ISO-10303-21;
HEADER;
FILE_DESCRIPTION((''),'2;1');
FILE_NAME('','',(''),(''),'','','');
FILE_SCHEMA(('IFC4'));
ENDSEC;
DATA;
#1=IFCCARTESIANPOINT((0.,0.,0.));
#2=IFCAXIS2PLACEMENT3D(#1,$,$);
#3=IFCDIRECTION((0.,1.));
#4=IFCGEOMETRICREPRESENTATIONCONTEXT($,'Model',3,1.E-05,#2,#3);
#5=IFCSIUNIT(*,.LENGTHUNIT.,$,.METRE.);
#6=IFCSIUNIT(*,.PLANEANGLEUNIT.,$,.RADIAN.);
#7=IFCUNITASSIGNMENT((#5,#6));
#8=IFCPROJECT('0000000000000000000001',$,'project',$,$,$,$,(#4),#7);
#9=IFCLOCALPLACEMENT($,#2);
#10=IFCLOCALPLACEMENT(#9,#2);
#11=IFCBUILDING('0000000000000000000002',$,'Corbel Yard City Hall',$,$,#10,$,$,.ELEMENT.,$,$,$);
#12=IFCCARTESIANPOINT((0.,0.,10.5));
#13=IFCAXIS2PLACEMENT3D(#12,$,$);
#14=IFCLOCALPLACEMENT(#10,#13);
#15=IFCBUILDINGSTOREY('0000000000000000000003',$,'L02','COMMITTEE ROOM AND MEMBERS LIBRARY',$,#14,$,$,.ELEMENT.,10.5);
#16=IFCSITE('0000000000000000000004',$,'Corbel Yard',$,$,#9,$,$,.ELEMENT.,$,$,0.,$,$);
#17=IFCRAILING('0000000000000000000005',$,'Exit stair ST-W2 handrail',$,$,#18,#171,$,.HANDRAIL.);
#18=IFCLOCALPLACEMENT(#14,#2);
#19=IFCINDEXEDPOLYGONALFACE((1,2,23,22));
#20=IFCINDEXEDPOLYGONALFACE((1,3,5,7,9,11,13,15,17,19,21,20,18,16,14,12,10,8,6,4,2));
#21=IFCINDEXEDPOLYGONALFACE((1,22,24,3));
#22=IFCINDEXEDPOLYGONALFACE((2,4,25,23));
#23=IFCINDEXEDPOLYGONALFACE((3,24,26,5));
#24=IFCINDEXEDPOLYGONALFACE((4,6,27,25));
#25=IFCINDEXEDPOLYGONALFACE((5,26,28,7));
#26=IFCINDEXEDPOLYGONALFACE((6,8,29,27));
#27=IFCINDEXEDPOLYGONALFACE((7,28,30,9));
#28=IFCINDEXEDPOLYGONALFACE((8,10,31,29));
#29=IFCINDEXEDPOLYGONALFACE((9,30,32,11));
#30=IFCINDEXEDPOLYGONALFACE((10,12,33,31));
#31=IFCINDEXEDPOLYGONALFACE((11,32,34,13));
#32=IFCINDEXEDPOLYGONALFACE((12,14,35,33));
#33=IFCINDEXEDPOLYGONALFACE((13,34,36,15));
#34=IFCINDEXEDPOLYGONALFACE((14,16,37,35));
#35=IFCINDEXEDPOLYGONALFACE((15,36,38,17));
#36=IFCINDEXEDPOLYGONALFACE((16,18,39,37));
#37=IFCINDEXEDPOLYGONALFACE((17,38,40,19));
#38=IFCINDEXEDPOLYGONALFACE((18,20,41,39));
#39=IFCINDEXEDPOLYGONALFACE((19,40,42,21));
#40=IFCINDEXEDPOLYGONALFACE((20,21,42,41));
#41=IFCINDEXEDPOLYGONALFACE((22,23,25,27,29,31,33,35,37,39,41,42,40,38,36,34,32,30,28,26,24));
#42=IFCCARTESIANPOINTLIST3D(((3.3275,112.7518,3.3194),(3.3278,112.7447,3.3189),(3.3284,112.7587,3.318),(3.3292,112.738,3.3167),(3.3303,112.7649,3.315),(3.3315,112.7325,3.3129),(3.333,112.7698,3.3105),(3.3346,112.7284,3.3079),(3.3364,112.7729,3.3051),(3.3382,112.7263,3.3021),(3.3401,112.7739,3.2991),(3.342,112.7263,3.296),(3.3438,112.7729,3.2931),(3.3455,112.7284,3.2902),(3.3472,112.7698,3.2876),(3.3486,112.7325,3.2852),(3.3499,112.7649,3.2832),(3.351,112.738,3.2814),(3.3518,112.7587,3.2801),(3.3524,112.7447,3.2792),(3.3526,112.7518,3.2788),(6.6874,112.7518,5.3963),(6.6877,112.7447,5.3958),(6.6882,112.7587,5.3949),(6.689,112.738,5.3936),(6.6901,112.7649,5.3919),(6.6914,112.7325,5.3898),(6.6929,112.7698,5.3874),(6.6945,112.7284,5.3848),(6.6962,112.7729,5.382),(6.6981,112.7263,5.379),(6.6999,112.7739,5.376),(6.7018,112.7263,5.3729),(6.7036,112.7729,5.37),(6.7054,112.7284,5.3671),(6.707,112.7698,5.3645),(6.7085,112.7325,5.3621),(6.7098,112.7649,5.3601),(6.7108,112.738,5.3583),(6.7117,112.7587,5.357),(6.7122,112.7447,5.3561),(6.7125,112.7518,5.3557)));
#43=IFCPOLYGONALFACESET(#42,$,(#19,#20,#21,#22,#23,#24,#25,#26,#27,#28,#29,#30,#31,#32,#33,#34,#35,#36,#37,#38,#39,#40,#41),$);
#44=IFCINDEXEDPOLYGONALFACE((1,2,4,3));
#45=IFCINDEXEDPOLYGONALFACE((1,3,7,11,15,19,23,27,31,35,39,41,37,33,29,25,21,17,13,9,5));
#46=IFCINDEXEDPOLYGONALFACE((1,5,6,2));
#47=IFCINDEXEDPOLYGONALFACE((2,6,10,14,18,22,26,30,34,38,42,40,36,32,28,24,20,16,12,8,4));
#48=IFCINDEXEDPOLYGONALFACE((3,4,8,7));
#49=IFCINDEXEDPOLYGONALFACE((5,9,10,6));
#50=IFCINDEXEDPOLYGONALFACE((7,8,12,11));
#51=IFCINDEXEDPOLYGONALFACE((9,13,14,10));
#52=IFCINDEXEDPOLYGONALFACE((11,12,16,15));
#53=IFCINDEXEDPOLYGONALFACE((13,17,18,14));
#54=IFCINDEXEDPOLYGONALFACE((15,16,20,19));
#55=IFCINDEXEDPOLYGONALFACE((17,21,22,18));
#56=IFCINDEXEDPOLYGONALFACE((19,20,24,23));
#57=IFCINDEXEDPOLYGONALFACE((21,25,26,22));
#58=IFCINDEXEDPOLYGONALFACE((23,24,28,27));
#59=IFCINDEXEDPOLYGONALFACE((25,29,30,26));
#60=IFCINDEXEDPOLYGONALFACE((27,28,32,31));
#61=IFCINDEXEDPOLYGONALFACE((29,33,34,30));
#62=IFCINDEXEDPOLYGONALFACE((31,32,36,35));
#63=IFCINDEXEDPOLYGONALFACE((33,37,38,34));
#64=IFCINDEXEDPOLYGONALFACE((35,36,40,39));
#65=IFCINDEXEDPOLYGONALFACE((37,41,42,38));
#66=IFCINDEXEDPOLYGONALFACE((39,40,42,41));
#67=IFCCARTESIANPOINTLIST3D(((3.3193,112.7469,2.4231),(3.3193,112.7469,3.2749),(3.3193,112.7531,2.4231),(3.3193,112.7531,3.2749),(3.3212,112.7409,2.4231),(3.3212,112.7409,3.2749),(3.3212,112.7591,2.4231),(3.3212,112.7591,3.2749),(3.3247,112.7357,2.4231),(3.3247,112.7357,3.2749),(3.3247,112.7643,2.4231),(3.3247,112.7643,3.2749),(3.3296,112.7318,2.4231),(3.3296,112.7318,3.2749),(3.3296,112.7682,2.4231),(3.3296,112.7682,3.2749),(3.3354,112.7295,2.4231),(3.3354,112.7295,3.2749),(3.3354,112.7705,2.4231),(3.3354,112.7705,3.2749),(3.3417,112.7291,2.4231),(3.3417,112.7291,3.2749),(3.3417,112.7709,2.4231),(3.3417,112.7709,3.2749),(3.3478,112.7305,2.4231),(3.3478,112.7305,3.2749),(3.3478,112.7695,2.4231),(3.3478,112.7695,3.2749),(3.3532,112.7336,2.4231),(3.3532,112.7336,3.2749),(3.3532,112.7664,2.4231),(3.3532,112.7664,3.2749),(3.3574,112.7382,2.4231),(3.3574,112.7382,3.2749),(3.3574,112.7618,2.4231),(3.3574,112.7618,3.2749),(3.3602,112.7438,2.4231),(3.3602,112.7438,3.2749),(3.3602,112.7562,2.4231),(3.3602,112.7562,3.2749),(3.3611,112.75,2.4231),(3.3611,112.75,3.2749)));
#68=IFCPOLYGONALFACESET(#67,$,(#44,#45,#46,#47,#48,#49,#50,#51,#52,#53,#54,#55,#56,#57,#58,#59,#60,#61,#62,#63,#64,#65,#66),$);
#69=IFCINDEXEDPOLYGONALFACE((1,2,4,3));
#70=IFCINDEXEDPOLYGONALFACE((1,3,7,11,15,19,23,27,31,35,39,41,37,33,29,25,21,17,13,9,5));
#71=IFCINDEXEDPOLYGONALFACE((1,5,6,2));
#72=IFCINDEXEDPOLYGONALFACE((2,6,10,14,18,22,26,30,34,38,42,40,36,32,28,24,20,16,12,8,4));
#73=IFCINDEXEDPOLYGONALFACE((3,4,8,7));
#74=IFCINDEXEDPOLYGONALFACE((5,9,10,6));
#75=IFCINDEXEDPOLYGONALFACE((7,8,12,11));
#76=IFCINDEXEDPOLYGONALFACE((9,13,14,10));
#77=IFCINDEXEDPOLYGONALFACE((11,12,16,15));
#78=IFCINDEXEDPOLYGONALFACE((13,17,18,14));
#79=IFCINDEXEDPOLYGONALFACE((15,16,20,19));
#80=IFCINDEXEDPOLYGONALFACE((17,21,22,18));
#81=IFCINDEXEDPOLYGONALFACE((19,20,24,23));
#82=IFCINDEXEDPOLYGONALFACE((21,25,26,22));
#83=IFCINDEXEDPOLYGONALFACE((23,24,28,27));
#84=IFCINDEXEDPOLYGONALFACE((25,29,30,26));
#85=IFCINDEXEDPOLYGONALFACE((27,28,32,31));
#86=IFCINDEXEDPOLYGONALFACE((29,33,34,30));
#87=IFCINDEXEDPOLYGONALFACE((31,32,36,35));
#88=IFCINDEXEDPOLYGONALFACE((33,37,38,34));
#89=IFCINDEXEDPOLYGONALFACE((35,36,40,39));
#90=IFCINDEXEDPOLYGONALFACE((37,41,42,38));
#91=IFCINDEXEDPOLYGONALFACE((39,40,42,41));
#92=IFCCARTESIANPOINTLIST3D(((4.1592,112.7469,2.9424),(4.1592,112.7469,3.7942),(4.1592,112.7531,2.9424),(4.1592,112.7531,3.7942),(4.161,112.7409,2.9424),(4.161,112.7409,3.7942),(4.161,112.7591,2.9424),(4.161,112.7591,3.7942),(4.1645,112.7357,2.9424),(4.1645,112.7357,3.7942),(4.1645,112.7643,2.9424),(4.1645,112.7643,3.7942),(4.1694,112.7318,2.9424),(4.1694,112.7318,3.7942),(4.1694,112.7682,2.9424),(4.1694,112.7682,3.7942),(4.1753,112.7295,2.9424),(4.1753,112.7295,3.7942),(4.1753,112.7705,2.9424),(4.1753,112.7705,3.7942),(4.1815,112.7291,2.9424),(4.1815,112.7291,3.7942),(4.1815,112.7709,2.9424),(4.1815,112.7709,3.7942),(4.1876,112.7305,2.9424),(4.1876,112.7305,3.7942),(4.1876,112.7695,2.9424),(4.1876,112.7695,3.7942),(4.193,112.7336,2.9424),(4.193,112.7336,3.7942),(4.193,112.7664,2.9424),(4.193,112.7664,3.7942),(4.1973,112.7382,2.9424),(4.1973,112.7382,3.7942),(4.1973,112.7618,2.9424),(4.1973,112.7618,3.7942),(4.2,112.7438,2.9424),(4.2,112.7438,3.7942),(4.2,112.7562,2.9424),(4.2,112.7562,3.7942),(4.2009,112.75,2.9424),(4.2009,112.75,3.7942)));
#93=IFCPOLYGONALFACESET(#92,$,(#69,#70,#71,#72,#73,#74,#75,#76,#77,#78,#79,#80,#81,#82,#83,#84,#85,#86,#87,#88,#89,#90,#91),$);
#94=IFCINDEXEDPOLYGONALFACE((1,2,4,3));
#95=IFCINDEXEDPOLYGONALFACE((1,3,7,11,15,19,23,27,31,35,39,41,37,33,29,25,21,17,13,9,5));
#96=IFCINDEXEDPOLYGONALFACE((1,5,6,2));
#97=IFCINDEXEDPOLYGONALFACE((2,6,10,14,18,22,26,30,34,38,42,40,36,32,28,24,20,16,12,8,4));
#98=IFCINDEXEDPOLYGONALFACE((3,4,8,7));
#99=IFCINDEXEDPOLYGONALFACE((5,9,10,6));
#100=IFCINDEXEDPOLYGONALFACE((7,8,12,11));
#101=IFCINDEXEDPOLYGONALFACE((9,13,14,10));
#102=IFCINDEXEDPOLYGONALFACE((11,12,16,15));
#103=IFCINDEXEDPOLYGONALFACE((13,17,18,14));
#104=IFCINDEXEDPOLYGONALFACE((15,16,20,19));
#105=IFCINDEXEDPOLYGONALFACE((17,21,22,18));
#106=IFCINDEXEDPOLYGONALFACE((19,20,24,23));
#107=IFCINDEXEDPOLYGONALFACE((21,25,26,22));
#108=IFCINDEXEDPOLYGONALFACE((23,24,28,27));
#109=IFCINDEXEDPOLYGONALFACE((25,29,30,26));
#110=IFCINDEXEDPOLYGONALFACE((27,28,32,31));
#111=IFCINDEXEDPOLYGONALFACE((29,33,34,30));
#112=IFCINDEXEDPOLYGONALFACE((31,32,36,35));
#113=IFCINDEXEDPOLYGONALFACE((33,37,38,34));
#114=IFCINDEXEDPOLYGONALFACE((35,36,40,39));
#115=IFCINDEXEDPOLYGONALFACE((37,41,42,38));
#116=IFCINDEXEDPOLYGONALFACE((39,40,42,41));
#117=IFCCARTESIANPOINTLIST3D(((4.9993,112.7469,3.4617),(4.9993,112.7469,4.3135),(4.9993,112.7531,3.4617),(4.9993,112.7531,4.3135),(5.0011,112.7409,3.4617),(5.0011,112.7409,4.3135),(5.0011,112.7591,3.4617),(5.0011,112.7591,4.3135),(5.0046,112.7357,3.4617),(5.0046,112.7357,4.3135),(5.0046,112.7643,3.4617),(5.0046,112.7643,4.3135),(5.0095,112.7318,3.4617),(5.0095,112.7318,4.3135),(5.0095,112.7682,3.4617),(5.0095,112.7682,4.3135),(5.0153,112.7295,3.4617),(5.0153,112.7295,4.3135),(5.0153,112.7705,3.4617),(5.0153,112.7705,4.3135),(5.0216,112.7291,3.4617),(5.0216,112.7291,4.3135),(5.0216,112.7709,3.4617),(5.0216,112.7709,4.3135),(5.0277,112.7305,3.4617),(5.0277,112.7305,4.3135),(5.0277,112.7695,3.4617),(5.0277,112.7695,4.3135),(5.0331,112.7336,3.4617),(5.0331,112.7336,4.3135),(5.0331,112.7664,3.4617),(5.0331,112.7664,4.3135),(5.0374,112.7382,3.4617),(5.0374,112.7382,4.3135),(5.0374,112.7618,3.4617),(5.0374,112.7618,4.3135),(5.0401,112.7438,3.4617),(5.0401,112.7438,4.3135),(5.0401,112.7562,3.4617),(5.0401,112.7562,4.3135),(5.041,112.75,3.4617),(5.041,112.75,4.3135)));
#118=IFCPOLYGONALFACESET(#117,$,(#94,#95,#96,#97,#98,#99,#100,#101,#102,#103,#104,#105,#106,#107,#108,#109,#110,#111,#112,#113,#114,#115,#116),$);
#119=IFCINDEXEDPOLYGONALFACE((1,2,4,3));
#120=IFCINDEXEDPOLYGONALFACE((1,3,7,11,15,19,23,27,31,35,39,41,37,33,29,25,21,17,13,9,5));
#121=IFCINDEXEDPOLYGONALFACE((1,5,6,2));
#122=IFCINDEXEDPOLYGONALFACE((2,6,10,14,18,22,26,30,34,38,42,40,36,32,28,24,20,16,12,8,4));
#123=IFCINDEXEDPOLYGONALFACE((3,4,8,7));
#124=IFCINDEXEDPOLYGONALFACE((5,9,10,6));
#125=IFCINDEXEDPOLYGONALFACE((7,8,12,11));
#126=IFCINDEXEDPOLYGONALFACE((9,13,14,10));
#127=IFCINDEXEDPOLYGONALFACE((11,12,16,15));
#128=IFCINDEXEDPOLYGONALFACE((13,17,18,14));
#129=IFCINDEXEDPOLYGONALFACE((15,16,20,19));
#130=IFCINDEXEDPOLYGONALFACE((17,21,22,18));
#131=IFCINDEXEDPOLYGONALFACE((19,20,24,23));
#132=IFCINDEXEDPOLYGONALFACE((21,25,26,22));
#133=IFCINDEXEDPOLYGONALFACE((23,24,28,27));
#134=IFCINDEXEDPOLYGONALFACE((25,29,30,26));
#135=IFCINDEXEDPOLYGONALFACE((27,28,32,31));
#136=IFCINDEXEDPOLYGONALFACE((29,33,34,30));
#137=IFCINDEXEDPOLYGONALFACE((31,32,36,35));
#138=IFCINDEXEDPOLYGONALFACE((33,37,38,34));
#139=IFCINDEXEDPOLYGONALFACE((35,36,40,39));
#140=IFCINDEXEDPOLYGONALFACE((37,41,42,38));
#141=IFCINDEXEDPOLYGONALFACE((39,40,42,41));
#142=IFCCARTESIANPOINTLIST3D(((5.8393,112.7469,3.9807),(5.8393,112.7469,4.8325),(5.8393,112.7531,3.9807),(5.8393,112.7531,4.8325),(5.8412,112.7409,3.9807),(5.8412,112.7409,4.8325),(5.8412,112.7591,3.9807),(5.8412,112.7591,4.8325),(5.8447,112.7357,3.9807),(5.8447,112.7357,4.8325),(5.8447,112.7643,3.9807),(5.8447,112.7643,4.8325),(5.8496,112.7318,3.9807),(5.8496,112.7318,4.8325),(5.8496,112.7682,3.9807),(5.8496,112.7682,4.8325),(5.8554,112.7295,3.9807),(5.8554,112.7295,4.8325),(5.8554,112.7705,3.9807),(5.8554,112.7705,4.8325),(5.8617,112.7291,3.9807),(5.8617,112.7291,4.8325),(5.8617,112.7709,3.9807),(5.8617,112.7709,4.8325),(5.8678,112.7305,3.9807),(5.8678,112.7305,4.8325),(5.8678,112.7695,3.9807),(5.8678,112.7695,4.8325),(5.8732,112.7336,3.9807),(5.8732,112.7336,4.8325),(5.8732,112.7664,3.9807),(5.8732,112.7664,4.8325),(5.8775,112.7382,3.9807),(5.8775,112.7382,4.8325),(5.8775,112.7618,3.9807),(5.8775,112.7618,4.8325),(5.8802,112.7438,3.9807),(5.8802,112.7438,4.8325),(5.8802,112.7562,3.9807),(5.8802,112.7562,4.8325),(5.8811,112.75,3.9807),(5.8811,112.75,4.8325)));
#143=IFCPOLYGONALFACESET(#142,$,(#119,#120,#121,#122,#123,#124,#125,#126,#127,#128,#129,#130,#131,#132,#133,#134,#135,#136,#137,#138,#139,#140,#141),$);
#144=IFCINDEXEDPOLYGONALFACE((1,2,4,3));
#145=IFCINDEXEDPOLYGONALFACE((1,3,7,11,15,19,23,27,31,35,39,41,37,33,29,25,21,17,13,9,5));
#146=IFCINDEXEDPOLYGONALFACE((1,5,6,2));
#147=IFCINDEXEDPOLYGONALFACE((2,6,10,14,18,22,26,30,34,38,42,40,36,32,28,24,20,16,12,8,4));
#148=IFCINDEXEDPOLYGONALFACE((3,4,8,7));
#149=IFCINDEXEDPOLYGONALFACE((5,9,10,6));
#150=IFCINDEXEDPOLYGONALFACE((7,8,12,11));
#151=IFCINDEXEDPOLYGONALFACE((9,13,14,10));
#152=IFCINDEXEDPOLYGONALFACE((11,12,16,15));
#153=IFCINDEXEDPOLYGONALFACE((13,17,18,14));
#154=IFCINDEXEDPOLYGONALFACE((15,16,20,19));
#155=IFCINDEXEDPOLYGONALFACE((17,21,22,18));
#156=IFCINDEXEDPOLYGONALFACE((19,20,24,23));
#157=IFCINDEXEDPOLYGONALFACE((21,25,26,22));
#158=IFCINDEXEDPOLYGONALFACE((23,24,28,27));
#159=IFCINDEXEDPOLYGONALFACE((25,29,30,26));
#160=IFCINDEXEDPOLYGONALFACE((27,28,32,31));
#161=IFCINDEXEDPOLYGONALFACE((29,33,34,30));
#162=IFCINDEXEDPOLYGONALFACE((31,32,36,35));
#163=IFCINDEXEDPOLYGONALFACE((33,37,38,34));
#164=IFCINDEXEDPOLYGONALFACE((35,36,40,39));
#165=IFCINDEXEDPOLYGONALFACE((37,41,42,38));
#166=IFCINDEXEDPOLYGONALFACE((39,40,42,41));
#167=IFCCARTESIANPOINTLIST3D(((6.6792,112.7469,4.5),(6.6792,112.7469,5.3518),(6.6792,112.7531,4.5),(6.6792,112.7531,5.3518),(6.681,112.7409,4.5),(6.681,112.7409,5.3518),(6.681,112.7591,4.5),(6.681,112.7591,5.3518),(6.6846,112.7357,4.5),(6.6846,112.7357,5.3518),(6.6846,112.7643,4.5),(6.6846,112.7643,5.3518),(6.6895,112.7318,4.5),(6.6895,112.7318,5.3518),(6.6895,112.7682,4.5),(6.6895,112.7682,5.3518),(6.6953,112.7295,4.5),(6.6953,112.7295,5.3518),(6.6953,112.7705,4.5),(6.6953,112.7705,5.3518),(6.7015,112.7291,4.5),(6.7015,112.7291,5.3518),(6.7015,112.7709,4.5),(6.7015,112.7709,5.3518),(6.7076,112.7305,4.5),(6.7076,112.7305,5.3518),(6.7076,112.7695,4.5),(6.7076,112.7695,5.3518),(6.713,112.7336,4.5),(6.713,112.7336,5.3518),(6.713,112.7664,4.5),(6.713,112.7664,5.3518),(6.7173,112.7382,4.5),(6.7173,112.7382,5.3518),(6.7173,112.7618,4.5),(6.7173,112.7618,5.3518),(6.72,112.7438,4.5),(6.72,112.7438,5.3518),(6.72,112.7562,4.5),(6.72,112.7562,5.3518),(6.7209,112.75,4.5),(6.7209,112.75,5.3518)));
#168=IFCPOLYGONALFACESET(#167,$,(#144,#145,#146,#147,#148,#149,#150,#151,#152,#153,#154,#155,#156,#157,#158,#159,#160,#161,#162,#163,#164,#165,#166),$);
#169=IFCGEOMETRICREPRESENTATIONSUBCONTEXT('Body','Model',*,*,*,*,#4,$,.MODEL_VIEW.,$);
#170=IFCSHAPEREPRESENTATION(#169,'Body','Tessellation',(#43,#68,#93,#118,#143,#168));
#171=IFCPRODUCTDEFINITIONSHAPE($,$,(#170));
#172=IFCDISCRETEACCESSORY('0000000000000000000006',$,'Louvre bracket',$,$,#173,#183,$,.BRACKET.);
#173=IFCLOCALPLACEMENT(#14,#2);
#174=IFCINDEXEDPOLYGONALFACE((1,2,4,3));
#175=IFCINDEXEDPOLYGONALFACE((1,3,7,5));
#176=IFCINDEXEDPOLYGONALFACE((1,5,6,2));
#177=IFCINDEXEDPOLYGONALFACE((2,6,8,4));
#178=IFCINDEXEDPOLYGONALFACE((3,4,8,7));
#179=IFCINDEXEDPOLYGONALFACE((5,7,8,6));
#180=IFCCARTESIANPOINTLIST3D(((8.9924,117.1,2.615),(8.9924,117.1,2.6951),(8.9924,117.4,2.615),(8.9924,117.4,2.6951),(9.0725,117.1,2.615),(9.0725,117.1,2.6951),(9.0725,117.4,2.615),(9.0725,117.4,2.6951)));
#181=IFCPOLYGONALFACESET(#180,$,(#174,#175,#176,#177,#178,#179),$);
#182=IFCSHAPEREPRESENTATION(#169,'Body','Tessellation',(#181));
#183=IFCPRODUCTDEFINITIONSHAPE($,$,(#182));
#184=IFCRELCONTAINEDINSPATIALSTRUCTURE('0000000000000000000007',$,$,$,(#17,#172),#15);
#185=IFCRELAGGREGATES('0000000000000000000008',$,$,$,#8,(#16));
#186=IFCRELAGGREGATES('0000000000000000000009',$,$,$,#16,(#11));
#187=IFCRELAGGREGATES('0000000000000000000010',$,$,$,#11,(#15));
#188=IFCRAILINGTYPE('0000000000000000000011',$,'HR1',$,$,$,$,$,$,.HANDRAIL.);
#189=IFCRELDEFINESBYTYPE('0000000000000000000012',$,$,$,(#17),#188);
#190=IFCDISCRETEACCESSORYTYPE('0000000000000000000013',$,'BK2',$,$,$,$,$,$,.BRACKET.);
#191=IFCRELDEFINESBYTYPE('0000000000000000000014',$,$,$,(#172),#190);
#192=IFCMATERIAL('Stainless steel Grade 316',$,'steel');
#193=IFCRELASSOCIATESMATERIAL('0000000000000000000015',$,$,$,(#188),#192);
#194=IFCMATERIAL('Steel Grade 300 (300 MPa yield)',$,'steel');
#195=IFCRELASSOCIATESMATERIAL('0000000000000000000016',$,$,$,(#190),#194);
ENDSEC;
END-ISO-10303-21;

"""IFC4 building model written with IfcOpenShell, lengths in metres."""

from ifc_helpers import new_model, si_unit, direction, frame, origin, origin_2d, place, context, subcontext, project, spatial, rectangle, circle, extrude, material, type_object, element, save


model = new_model("IFC4")

# Units and contexts
model_context = context("Model", 3, precision=1e-05, world=origin(), true_north=direction((0.0, 1.0)))
body_context = subcontext(model_context, "Body", "Model", "MODEL_VIEW")
ifc_project = project(units=[si_unit("LENGTHUNIT", "METRE"), si_unit("PLANEANGLEUNIT", "RADIAN")], contexts=[model_context])

# Site, building, storey
site_placement = place(None, origin())
site = spatial("IfcSite", under=ifc_project, at=site_placement, Name="Corbel Yard", CompositionType="ELEMENT", RefElevation=0.0)
building_placement = place(site_placement, origin())
building = spatial("IfcBuilding", under=site, at=building_placement, Name="Corbel Yard City Hall", CompositionType="ELEMENT")
storey_placement = place(building_placement, frame((0.0, 0.0, 10.5)))
storey = spatial("IfcBuildingStorey", under=building, at=storey_placement, Name="L02", Description="COMMITTEE ROOM AND MEMBERS LIBRARY", CompositionType="ELEMENT", Elevation=10.5)

# Shared definitions
ifc_material_1 = material(Name="Stainless steel Grade 316", Category="steel")

# Railing
railing_type = type_object("IfcRailingType", Name="HR1", PredefinedType="HANDRAIL", material=ifc_material_1)
for number, where, name in (
    (1, (3.3401, 112.75, 2.4231), "Exit stair ST-W2 handrail"),
):
    element("IfcRailing", number, at=place(storey_placement, frame(where)), inside=storey, type_object=railing_type, Name=name, PredefinedType="HANDRAIL", context=body_context, shape_type="SweptSolid", body=[
        extrude(circle(Radius=0.0239, at=origin_2d()), frame((0.0, 0.0, 0.876), z_axis=(0.850606, 0.0, 0.525803), x_axis=(0.0, 1.0, 0.0)), (0.0, 0.0, 1.0), 3.95),
        extrude(circle(Radius=0.021, at=origin_2d()), origin(), (0.0, 0.0, 1.0), 0.8518),
        extrude(circle(Radius=0.021, at=origin_2d()), frame((0.8398, 0.0, 0.5193)), (0.0, 0.0, 1.0), 0.8518),
        extrude(circle(Radius=0.021, at=origin_2d()), frame((1.6799, 0.0, 1.0386)), (0.0, 0.0, 1.0), 0.8518),
        extrude(circle(Radius=0.021, at=origin_2d()), frame((2.52, 0.0, 1.5576)), (0.0, 0.0, 1.0), 0.8518),
        extrude(circle(Radius=0.021, at=origin_2d()), frame((3.3599, 0.0, 2.0769)), (0.0, 0.0, 1.0), 0.8518),
    ])

# Discrete accessory
ifc_material_2 = material(Name="Steel Grade 300 (300 MPa yield)", Category="steel")
discrete_accessory_type = type_object("IfcDiscreteAccessoryType", Name="BK2", PredefinedType="BRACKET", material=ifc_material_2)
discrete_accessory_placement = place(storey_placement, frame((9.0325, 117.25, 2.615), z_axis=(0.0, 0.0, 1.0), x_axis=(1.0, 0.0, 0.0)))
element("IfcDiscreteAccessory", 2, at=discrete_accessory_placement, inside=storey, type_object=discrete_accessory_type, Name="Louvre bracket", PredefinedType="BRACKET", context=body_context, shape_type="SweptSolid", body=[
    extrude(rectangle(XDim=0.0801, YDim=0.3, at=origin_2d()), origin(), (0.0, 0.0, 1.0), 0.0801),
])

save(model, "model.ifc")
